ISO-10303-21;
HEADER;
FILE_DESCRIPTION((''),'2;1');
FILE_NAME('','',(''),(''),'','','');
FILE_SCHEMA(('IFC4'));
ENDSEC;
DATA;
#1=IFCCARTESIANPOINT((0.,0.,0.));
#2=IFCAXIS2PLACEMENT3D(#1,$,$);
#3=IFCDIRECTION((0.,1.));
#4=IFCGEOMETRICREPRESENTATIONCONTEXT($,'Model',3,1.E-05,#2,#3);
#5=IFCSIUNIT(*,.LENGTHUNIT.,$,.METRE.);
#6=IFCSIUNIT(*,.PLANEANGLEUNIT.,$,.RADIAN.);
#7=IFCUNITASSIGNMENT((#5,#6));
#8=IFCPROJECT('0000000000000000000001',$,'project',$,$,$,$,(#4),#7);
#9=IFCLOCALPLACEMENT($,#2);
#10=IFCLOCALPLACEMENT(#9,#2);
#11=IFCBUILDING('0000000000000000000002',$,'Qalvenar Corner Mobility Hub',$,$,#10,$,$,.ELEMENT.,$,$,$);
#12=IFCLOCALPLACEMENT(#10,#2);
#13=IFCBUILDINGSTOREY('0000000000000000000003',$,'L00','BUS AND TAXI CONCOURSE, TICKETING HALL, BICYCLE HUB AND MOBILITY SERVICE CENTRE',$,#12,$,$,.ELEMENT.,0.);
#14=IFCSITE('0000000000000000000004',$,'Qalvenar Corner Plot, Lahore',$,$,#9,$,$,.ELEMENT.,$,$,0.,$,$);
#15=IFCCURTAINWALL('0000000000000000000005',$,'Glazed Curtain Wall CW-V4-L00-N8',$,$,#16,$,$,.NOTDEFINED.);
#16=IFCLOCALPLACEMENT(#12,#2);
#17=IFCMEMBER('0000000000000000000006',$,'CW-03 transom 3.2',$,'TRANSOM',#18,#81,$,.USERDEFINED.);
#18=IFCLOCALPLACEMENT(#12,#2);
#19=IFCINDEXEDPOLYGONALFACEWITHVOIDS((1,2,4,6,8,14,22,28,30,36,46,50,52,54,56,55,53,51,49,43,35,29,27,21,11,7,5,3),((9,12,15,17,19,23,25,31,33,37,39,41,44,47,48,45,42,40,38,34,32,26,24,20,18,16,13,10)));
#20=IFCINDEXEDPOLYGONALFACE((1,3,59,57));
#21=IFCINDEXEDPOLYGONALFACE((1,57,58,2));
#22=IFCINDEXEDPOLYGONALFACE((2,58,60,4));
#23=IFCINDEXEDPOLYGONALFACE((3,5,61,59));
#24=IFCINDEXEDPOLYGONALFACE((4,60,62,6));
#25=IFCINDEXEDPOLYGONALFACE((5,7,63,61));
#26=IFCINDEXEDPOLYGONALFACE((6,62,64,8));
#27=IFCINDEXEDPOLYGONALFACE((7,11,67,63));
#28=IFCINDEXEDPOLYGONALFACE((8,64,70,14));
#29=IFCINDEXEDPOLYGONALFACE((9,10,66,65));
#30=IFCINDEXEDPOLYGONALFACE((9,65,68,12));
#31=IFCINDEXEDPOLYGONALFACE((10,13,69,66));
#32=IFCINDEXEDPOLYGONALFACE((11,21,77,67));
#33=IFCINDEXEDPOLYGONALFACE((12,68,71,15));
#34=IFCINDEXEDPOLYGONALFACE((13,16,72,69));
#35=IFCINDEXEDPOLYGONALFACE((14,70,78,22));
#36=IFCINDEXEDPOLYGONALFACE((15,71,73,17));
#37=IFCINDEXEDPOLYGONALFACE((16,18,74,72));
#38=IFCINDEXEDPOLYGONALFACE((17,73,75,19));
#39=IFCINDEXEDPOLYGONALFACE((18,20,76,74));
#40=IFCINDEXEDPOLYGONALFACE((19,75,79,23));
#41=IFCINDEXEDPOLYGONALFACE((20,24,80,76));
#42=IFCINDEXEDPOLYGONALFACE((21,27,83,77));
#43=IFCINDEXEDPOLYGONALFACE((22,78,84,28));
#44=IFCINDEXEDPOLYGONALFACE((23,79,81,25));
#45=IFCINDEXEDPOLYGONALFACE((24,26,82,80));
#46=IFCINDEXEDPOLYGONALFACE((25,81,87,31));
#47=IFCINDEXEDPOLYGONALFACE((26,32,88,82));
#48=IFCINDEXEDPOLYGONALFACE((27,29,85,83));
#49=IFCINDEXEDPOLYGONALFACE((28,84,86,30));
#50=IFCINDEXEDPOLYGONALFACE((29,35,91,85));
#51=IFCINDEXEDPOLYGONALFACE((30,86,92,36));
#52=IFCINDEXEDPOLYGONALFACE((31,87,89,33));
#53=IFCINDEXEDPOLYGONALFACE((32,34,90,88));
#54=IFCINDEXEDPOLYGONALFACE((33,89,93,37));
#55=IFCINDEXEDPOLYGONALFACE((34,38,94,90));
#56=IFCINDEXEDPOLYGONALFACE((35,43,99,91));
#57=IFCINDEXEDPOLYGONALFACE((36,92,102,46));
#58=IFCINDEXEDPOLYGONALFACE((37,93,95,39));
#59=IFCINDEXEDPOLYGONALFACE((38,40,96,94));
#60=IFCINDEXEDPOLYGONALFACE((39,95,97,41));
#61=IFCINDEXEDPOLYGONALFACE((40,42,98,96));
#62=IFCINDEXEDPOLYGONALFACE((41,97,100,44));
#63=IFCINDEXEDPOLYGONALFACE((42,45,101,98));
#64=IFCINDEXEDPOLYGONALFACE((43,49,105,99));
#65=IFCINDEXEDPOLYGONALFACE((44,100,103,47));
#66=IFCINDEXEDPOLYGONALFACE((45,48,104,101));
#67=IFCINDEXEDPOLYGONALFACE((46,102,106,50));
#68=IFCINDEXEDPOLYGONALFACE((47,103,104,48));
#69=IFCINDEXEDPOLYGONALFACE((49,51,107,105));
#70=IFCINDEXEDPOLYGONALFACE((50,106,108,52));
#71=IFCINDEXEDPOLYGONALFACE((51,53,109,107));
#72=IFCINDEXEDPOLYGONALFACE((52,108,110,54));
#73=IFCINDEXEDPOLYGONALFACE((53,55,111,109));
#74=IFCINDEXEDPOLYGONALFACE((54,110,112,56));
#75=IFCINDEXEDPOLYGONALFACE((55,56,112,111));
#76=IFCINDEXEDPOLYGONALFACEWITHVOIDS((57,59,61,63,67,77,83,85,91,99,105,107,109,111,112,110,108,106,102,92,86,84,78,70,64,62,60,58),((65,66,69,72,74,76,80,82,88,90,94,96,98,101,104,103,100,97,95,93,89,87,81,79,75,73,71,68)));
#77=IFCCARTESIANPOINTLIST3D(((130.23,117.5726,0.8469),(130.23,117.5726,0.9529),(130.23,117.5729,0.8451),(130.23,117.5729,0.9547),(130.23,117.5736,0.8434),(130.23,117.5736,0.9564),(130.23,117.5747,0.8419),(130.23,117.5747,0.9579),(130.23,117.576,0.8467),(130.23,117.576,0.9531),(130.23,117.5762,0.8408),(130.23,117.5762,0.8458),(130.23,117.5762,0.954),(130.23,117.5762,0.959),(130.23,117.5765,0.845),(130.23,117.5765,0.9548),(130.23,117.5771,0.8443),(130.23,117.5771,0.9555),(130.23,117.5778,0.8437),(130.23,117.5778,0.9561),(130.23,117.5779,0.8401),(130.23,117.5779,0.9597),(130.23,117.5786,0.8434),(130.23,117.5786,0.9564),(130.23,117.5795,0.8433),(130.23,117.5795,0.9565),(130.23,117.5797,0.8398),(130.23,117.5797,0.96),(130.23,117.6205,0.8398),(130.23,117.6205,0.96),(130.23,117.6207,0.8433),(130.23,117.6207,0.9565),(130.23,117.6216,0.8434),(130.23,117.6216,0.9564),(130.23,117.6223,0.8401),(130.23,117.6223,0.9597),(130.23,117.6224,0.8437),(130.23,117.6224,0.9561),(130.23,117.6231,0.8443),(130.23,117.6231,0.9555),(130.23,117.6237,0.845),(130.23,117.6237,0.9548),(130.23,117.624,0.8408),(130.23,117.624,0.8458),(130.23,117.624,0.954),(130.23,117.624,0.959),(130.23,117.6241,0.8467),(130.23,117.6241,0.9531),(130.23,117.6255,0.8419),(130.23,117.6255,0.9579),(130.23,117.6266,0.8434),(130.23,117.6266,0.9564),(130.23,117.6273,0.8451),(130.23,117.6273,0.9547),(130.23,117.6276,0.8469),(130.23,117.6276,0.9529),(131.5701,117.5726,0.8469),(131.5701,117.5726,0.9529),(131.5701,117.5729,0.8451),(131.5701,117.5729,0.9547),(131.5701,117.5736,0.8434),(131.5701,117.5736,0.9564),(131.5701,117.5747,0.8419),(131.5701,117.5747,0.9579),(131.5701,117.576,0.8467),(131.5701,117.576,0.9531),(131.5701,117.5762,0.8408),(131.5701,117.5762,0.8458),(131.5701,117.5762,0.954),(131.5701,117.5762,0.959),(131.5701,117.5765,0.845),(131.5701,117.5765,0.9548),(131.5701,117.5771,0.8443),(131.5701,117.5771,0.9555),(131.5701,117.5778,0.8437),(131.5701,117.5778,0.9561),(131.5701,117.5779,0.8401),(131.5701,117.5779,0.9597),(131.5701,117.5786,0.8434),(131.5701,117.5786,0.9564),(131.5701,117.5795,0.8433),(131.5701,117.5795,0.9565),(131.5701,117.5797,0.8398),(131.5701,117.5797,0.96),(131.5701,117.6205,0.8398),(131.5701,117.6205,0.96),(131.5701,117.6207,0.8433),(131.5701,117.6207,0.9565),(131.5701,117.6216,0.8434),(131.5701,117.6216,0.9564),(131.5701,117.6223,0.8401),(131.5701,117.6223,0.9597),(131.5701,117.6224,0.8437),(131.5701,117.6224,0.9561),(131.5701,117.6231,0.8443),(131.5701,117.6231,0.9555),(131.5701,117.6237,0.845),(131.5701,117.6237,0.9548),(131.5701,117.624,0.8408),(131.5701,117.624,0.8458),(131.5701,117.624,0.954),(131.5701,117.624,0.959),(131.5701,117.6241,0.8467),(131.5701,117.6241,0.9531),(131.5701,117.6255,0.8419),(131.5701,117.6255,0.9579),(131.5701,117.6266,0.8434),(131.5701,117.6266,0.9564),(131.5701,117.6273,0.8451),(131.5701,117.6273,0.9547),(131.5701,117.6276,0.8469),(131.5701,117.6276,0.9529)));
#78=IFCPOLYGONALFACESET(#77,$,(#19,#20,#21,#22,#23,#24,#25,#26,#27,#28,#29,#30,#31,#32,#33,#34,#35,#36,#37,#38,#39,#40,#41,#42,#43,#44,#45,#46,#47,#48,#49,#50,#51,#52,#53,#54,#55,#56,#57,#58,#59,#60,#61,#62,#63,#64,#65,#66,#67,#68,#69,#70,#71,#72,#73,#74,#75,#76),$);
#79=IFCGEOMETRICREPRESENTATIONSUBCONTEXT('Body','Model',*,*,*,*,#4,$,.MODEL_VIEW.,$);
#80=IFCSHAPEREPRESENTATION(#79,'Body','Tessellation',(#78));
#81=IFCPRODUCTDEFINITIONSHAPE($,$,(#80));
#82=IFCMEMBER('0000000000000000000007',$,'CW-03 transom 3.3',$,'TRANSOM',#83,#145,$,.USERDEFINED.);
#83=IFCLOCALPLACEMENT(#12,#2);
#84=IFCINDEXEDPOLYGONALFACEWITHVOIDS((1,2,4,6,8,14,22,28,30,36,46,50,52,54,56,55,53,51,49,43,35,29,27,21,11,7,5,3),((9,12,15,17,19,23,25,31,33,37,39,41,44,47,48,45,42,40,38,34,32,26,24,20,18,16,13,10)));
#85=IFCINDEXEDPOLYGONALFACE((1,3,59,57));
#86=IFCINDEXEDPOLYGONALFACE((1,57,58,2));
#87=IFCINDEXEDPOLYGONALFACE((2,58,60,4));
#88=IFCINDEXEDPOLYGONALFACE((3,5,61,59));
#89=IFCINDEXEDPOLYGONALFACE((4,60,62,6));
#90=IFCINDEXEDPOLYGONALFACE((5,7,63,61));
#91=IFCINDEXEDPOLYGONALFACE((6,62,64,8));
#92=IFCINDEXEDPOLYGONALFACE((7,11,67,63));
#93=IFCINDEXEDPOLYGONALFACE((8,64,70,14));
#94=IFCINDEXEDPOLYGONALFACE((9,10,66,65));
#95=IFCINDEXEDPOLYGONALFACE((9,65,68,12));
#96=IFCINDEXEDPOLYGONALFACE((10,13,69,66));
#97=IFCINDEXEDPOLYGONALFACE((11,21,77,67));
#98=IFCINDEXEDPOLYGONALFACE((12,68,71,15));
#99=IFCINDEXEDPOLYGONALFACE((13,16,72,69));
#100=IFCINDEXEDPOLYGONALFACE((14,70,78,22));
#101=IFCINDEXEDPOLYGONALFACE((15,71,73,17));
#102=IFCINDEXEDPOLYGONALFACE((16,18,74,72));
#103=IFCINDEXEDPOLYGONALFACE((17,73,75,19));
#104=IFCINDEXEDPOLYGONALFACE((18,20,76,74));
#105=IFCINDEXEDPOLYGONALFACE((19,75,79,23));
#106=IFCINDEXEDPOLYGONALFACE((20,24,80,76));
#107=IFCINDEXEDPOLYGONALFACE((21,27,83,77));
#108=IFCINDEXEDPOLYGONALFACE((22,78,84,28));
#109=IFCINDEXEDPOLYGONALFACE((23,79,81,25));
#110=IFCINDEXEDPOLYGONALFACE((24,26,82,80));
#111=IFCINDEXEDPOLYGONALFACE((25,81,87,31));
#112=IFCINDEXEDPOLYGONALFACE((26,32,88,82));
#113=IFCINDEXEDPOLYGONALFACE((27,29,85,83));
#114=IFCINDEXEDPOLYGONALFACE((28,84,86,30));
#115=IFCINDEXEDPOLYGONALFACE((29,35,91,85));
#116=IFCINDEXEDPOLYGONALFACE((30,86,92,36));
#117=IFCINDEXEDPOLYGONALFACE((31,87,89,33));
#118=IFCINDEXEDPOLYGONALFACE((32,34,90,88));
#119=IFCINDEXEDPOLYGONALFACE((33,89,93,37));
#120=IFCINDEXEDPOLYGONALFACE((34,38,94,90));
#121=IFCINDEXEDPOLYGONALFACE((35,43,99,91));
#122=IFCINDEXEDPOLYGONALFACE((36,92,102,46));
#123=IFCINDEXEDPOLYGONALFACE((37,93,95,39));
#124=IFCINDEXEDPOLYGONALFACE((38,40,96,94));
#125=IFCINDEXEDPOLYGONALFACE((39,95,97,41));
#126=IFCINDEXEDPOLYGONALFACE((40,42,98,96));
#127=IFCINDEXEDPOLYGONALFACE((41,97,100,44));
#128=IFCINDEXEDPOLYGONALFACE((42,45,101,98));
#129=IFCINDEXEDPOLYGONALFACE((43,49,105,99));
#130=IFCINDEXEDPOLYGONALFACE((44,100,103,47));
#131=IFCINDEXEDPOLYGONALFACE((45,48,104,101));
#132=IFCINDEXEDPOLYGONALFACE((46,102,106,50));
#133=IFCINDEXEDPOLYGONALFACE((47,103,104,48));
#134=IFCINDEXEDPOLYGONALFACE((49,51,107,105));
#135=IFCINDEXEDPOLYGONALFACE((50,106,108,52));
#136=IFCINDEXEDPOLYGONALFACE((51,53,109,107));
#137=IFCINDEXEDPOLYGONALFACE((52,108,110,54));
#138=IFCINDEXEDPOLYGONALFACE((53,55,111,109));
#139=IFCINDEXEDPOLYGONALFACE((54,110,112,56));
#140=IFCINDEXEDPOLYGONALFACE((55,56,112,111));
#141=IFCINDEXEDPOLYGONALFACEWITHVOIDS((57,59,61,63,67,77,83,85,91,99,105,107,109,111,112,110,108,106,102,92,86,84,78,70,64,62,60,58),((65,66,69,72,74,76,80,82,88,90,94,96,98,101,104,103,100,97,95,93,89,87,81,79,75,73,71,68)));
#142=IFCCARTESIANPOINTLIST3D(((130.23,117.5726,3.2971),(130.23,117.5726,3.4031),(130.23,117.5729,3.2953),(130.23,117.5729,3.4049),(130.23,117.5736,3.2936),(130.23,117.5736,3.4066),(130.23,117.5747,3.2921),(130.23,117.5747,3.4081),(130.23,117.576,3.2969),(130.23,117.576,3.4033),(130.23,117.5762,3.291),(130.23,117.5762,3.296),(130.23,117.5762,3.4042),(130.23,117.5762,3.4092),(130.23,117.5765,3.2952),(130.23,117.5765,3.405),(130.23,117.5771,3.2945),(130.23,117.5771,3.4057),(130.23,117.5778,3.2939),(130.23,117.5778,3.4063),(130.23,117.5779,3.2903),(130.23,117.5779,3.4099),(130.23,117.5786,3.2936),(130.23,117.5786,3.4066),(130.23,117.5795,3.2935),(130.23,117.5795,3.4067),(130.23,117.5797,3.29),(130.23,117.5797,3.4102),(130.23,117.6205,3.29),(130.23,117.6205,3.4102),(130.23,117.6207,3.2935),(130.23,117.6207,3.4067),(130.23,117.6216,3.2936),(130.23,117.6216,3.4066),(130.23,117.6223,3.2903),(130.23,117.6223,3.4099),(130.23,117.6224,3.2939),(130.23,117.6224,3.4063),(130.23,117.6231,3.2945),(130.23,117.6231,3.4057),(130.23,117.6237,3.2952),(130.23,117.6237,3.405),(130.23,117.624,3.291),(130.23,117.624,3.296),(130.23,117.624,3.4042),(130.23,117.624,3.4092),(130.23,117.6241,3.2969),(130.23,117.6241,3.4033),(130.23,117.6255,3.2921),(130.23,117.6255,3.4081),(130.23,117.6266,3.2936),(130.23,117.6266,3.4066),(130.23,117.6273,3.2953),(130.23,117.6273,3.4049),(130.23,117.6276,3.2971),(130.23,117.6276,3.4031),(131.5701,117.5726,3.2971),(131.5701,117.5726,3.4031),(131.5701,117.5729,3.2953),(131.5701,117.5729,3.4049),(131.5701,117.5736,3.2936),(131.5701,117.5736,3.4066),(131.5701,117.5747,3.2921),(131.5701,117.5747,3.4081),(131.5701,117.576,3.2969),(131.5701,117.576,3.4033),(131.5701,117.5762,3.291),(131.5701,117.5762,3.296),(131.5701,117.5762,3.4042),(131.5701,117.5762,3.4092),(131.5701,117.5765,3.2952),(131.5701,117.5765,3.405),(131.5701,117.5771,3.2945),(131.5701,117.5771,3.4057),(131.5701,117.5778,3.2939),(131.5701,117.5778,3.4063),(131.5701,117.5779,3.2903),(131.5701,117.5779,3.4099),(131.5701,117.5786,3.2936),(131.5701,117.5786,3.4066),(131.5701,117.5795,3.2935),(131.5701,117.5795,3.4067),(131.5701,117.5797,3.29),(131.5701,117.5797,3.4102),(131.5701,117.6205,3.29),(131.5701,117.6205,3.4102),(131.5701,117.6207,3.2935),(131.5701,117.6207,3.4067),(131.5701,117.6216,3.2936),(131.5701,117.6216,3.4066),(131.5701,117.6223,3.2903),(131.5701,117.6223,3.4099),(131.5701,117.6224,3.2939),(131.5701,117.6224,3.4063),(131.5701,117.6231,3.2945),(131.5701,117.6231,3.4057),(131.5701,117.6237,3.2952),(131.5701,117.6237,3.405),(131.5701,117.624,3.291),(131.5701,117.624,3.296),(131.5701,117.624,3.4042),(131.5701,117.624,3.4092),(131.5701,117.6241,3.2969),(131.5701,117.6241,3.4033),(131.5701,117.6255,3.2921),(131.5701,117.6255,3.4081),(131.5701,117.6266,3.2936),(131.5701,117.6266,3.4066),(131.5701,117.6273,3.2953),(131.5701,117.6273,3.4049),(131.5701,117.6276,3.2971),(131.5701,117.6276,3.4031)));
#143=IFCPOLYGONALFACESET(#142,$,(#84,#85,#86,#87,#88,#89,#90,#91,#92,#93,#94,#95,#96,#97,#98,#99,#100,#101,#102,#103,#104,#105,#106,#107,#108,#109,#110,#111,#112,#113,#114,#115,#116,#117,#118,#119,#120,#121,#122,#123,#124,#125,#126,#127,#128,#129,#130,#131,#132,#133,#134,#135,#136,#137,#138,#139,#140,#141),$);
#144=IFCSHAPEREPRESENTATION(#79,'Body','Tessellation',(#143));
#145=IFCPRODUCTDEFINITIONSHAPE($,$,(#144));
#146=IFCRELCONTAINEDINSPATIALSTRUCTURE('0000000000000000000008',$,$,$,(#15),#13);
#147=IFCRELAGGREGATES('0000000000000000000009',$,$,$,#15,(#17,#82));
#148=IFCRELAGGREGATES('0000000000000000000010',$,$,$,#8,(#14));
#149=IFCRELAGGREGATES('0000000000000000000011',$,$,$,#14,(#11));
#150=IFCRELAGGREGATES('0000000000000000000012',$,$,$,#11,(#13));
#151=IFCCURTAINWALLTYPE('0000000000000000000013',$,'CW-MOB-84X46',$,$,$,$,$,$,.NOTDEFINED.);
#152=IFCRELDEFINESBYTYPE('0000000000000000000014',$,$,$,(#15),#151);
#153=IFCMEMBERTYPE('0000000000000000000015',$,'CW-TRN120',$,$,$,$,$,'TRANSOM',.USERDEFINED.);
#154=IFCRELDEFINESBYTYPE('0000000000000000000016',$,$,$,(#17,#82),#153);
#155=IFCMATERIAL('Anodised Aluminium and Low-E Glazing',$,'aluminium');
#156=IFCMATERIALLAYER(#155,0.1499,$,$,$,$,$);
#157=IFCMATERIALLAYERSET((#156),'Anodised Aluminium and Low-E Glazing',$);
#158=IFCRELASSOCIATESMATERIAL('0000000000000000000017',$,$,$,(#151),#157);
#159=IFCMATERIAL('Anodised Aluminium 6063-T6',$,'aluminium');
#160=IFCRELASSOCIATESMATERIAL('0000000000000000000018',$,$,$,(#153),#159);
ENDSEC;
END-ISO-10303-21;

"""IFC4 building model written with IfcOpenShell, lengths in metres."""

from ifc_helpers import new_model, si_unit, direction, frame, origin, origin_2d, place, context, subcontext, project, spatial, hollow_rectangle, extrude, material, layer, layer_set, material_profile, profile_set, type_object, element, aggregate, save


model = new_model("IFC4")

# Units and contexts
model_context = context("Model", 3, precision=1e-05, world=origin(), true_north=direction((0.0, 1.0)))
body_context = subcontext(model_context, "Body", "Model", "MODEL_VIEW")
ifc_project = project(units=[si_unit("LENGTHUNIT", "METRE"), si_unit("PLANEANGLEUNIT", "RADIAN")], contexts=[model_context])

# Site, building, storey
site_placement = place(None, origin())
site = spatial("IfcSite", under=ifc_project, at=site_placement, Name="Qalvenar Corner Plot, Lahore", CompositionType="ELEMENT", RefElevation=0.0)
building_placement = place(site_placement, origin())
building = spatial("IfcBuilding", under=site, at=building_placement, Name="Qalvenar Corner Mobility Hub", CompositionType="ELEMENT")
storey_placement = place(building_placement, origin())
storey = spatial("IfcBuildingStorey", under=building, at=storey_placement, Name="L00", Description="BUS AND TAXI CONCOURSE, TICKETING HALL, BICYCLE HUB AND MOBILITY SERVICE CENTRE", CompositionType="ELEMENT", Elevation=0.0)

# Curtain wall, members
ifc_material_1 = material(Name="Anodised Aluminium and Low-E Glazing", Category="aluminium")
ifc_layer_1 = layer(ifc_material_1, 0.1499)
ifc_layer_set_1 = layer_set([ifc_layer_1], Name="Anodised Aluminium and Low-E Glazing")
curtain_wall_type = type_object("IfcCurtainWallType", Name="CW-MOB-84X46", PredefinedType="NOTDEFINED", material=ifc_layer_set_1)
curtain_wall_placement = place(storey_placement, origin())
curtain_wall = element("IfcCurtainWall", 1, at=curtain_wall_placement, inside=storey, type_object=curtain_wall_type, Name="Glazed Curtain Wall CW-V4-L00-N8", PredefinedType="NOTDEFINED")
ifc_material_2 = material(Name="Anodised Aluminium 6063-T6", Category="aluminium")
ifc_material_profile_1 = material_profile(ifc_material_2, hollow_rectangle(XDim=0.0549, YDim=0.1201, WallThickness=0.0034, InnerFilletRadius=0.0034, OuterFilletRadius=0.0071, at=origin_2d()), Name="RHS120x55x3.5")
ifc_profile_set_1 = profile_set([ifc_material_profile_1], Name="Anodised Aluminium 6063-T6")
member_type_1 = type_object("IfcMemberType", Name="CW-TRN120", ElementType="TRANSOM", PredefinedType="USERDEFINED", material=ifc_profile_set_1)
member_1_placement = place(storey_placement, frame((131.5701, 117.6001, 0.8999), z_axis=(-1.0, 0.0, 0.0), x_axis=(0.0, -1.0, 0.0)))
member_1 = element("IfcMember", 2, at=member_1_placement, type_object=member_type_1, Name="CW-03 transom 3.2", ObjectType="TRANSOM", PredefinedType="USERDEFINED", context=body_context, shape_type="SweptSolid", body=[
    extrude(hollow_rectangle(XDim=0.0549, YDim=0.1201, WallThickness=0.0034, InnerFilletRadius=0.0034, OuterFilletRadius=0.0071, at=origin_2d()), origin(), (0.0, 0.0, 1.0), 1.3401),
])
member_2_placement = place(storey_placement, frame((131.5701, 117.6001, 3.3501), z_axis=(-1.0, 0.0, 0.0), x_axis=(0.0, -1.0, 0.0)))
member_2 = element("IfcMember", 3, at=member_2_placement, type_object=member_type_1, Name="CW-03 transom 3.3", ObjectType="TRANSOM", PredefinedType="USERDEFINED", context=body_context, shape_type="SweptSolid", body=[
    extrude(hollow_rectangle(XDim=0.0549, YDim=0.1201, WallThickness=0.0034, InnerFilletRadius=0.0034, OuterFilletRadius=0.0071, at=origin_2d()), origin(), (0.0, 0.0, 1.0), 1.3401),
])
aggregate(curtain_wall, [member_1, member_2])

save(model, "model.ifc")
